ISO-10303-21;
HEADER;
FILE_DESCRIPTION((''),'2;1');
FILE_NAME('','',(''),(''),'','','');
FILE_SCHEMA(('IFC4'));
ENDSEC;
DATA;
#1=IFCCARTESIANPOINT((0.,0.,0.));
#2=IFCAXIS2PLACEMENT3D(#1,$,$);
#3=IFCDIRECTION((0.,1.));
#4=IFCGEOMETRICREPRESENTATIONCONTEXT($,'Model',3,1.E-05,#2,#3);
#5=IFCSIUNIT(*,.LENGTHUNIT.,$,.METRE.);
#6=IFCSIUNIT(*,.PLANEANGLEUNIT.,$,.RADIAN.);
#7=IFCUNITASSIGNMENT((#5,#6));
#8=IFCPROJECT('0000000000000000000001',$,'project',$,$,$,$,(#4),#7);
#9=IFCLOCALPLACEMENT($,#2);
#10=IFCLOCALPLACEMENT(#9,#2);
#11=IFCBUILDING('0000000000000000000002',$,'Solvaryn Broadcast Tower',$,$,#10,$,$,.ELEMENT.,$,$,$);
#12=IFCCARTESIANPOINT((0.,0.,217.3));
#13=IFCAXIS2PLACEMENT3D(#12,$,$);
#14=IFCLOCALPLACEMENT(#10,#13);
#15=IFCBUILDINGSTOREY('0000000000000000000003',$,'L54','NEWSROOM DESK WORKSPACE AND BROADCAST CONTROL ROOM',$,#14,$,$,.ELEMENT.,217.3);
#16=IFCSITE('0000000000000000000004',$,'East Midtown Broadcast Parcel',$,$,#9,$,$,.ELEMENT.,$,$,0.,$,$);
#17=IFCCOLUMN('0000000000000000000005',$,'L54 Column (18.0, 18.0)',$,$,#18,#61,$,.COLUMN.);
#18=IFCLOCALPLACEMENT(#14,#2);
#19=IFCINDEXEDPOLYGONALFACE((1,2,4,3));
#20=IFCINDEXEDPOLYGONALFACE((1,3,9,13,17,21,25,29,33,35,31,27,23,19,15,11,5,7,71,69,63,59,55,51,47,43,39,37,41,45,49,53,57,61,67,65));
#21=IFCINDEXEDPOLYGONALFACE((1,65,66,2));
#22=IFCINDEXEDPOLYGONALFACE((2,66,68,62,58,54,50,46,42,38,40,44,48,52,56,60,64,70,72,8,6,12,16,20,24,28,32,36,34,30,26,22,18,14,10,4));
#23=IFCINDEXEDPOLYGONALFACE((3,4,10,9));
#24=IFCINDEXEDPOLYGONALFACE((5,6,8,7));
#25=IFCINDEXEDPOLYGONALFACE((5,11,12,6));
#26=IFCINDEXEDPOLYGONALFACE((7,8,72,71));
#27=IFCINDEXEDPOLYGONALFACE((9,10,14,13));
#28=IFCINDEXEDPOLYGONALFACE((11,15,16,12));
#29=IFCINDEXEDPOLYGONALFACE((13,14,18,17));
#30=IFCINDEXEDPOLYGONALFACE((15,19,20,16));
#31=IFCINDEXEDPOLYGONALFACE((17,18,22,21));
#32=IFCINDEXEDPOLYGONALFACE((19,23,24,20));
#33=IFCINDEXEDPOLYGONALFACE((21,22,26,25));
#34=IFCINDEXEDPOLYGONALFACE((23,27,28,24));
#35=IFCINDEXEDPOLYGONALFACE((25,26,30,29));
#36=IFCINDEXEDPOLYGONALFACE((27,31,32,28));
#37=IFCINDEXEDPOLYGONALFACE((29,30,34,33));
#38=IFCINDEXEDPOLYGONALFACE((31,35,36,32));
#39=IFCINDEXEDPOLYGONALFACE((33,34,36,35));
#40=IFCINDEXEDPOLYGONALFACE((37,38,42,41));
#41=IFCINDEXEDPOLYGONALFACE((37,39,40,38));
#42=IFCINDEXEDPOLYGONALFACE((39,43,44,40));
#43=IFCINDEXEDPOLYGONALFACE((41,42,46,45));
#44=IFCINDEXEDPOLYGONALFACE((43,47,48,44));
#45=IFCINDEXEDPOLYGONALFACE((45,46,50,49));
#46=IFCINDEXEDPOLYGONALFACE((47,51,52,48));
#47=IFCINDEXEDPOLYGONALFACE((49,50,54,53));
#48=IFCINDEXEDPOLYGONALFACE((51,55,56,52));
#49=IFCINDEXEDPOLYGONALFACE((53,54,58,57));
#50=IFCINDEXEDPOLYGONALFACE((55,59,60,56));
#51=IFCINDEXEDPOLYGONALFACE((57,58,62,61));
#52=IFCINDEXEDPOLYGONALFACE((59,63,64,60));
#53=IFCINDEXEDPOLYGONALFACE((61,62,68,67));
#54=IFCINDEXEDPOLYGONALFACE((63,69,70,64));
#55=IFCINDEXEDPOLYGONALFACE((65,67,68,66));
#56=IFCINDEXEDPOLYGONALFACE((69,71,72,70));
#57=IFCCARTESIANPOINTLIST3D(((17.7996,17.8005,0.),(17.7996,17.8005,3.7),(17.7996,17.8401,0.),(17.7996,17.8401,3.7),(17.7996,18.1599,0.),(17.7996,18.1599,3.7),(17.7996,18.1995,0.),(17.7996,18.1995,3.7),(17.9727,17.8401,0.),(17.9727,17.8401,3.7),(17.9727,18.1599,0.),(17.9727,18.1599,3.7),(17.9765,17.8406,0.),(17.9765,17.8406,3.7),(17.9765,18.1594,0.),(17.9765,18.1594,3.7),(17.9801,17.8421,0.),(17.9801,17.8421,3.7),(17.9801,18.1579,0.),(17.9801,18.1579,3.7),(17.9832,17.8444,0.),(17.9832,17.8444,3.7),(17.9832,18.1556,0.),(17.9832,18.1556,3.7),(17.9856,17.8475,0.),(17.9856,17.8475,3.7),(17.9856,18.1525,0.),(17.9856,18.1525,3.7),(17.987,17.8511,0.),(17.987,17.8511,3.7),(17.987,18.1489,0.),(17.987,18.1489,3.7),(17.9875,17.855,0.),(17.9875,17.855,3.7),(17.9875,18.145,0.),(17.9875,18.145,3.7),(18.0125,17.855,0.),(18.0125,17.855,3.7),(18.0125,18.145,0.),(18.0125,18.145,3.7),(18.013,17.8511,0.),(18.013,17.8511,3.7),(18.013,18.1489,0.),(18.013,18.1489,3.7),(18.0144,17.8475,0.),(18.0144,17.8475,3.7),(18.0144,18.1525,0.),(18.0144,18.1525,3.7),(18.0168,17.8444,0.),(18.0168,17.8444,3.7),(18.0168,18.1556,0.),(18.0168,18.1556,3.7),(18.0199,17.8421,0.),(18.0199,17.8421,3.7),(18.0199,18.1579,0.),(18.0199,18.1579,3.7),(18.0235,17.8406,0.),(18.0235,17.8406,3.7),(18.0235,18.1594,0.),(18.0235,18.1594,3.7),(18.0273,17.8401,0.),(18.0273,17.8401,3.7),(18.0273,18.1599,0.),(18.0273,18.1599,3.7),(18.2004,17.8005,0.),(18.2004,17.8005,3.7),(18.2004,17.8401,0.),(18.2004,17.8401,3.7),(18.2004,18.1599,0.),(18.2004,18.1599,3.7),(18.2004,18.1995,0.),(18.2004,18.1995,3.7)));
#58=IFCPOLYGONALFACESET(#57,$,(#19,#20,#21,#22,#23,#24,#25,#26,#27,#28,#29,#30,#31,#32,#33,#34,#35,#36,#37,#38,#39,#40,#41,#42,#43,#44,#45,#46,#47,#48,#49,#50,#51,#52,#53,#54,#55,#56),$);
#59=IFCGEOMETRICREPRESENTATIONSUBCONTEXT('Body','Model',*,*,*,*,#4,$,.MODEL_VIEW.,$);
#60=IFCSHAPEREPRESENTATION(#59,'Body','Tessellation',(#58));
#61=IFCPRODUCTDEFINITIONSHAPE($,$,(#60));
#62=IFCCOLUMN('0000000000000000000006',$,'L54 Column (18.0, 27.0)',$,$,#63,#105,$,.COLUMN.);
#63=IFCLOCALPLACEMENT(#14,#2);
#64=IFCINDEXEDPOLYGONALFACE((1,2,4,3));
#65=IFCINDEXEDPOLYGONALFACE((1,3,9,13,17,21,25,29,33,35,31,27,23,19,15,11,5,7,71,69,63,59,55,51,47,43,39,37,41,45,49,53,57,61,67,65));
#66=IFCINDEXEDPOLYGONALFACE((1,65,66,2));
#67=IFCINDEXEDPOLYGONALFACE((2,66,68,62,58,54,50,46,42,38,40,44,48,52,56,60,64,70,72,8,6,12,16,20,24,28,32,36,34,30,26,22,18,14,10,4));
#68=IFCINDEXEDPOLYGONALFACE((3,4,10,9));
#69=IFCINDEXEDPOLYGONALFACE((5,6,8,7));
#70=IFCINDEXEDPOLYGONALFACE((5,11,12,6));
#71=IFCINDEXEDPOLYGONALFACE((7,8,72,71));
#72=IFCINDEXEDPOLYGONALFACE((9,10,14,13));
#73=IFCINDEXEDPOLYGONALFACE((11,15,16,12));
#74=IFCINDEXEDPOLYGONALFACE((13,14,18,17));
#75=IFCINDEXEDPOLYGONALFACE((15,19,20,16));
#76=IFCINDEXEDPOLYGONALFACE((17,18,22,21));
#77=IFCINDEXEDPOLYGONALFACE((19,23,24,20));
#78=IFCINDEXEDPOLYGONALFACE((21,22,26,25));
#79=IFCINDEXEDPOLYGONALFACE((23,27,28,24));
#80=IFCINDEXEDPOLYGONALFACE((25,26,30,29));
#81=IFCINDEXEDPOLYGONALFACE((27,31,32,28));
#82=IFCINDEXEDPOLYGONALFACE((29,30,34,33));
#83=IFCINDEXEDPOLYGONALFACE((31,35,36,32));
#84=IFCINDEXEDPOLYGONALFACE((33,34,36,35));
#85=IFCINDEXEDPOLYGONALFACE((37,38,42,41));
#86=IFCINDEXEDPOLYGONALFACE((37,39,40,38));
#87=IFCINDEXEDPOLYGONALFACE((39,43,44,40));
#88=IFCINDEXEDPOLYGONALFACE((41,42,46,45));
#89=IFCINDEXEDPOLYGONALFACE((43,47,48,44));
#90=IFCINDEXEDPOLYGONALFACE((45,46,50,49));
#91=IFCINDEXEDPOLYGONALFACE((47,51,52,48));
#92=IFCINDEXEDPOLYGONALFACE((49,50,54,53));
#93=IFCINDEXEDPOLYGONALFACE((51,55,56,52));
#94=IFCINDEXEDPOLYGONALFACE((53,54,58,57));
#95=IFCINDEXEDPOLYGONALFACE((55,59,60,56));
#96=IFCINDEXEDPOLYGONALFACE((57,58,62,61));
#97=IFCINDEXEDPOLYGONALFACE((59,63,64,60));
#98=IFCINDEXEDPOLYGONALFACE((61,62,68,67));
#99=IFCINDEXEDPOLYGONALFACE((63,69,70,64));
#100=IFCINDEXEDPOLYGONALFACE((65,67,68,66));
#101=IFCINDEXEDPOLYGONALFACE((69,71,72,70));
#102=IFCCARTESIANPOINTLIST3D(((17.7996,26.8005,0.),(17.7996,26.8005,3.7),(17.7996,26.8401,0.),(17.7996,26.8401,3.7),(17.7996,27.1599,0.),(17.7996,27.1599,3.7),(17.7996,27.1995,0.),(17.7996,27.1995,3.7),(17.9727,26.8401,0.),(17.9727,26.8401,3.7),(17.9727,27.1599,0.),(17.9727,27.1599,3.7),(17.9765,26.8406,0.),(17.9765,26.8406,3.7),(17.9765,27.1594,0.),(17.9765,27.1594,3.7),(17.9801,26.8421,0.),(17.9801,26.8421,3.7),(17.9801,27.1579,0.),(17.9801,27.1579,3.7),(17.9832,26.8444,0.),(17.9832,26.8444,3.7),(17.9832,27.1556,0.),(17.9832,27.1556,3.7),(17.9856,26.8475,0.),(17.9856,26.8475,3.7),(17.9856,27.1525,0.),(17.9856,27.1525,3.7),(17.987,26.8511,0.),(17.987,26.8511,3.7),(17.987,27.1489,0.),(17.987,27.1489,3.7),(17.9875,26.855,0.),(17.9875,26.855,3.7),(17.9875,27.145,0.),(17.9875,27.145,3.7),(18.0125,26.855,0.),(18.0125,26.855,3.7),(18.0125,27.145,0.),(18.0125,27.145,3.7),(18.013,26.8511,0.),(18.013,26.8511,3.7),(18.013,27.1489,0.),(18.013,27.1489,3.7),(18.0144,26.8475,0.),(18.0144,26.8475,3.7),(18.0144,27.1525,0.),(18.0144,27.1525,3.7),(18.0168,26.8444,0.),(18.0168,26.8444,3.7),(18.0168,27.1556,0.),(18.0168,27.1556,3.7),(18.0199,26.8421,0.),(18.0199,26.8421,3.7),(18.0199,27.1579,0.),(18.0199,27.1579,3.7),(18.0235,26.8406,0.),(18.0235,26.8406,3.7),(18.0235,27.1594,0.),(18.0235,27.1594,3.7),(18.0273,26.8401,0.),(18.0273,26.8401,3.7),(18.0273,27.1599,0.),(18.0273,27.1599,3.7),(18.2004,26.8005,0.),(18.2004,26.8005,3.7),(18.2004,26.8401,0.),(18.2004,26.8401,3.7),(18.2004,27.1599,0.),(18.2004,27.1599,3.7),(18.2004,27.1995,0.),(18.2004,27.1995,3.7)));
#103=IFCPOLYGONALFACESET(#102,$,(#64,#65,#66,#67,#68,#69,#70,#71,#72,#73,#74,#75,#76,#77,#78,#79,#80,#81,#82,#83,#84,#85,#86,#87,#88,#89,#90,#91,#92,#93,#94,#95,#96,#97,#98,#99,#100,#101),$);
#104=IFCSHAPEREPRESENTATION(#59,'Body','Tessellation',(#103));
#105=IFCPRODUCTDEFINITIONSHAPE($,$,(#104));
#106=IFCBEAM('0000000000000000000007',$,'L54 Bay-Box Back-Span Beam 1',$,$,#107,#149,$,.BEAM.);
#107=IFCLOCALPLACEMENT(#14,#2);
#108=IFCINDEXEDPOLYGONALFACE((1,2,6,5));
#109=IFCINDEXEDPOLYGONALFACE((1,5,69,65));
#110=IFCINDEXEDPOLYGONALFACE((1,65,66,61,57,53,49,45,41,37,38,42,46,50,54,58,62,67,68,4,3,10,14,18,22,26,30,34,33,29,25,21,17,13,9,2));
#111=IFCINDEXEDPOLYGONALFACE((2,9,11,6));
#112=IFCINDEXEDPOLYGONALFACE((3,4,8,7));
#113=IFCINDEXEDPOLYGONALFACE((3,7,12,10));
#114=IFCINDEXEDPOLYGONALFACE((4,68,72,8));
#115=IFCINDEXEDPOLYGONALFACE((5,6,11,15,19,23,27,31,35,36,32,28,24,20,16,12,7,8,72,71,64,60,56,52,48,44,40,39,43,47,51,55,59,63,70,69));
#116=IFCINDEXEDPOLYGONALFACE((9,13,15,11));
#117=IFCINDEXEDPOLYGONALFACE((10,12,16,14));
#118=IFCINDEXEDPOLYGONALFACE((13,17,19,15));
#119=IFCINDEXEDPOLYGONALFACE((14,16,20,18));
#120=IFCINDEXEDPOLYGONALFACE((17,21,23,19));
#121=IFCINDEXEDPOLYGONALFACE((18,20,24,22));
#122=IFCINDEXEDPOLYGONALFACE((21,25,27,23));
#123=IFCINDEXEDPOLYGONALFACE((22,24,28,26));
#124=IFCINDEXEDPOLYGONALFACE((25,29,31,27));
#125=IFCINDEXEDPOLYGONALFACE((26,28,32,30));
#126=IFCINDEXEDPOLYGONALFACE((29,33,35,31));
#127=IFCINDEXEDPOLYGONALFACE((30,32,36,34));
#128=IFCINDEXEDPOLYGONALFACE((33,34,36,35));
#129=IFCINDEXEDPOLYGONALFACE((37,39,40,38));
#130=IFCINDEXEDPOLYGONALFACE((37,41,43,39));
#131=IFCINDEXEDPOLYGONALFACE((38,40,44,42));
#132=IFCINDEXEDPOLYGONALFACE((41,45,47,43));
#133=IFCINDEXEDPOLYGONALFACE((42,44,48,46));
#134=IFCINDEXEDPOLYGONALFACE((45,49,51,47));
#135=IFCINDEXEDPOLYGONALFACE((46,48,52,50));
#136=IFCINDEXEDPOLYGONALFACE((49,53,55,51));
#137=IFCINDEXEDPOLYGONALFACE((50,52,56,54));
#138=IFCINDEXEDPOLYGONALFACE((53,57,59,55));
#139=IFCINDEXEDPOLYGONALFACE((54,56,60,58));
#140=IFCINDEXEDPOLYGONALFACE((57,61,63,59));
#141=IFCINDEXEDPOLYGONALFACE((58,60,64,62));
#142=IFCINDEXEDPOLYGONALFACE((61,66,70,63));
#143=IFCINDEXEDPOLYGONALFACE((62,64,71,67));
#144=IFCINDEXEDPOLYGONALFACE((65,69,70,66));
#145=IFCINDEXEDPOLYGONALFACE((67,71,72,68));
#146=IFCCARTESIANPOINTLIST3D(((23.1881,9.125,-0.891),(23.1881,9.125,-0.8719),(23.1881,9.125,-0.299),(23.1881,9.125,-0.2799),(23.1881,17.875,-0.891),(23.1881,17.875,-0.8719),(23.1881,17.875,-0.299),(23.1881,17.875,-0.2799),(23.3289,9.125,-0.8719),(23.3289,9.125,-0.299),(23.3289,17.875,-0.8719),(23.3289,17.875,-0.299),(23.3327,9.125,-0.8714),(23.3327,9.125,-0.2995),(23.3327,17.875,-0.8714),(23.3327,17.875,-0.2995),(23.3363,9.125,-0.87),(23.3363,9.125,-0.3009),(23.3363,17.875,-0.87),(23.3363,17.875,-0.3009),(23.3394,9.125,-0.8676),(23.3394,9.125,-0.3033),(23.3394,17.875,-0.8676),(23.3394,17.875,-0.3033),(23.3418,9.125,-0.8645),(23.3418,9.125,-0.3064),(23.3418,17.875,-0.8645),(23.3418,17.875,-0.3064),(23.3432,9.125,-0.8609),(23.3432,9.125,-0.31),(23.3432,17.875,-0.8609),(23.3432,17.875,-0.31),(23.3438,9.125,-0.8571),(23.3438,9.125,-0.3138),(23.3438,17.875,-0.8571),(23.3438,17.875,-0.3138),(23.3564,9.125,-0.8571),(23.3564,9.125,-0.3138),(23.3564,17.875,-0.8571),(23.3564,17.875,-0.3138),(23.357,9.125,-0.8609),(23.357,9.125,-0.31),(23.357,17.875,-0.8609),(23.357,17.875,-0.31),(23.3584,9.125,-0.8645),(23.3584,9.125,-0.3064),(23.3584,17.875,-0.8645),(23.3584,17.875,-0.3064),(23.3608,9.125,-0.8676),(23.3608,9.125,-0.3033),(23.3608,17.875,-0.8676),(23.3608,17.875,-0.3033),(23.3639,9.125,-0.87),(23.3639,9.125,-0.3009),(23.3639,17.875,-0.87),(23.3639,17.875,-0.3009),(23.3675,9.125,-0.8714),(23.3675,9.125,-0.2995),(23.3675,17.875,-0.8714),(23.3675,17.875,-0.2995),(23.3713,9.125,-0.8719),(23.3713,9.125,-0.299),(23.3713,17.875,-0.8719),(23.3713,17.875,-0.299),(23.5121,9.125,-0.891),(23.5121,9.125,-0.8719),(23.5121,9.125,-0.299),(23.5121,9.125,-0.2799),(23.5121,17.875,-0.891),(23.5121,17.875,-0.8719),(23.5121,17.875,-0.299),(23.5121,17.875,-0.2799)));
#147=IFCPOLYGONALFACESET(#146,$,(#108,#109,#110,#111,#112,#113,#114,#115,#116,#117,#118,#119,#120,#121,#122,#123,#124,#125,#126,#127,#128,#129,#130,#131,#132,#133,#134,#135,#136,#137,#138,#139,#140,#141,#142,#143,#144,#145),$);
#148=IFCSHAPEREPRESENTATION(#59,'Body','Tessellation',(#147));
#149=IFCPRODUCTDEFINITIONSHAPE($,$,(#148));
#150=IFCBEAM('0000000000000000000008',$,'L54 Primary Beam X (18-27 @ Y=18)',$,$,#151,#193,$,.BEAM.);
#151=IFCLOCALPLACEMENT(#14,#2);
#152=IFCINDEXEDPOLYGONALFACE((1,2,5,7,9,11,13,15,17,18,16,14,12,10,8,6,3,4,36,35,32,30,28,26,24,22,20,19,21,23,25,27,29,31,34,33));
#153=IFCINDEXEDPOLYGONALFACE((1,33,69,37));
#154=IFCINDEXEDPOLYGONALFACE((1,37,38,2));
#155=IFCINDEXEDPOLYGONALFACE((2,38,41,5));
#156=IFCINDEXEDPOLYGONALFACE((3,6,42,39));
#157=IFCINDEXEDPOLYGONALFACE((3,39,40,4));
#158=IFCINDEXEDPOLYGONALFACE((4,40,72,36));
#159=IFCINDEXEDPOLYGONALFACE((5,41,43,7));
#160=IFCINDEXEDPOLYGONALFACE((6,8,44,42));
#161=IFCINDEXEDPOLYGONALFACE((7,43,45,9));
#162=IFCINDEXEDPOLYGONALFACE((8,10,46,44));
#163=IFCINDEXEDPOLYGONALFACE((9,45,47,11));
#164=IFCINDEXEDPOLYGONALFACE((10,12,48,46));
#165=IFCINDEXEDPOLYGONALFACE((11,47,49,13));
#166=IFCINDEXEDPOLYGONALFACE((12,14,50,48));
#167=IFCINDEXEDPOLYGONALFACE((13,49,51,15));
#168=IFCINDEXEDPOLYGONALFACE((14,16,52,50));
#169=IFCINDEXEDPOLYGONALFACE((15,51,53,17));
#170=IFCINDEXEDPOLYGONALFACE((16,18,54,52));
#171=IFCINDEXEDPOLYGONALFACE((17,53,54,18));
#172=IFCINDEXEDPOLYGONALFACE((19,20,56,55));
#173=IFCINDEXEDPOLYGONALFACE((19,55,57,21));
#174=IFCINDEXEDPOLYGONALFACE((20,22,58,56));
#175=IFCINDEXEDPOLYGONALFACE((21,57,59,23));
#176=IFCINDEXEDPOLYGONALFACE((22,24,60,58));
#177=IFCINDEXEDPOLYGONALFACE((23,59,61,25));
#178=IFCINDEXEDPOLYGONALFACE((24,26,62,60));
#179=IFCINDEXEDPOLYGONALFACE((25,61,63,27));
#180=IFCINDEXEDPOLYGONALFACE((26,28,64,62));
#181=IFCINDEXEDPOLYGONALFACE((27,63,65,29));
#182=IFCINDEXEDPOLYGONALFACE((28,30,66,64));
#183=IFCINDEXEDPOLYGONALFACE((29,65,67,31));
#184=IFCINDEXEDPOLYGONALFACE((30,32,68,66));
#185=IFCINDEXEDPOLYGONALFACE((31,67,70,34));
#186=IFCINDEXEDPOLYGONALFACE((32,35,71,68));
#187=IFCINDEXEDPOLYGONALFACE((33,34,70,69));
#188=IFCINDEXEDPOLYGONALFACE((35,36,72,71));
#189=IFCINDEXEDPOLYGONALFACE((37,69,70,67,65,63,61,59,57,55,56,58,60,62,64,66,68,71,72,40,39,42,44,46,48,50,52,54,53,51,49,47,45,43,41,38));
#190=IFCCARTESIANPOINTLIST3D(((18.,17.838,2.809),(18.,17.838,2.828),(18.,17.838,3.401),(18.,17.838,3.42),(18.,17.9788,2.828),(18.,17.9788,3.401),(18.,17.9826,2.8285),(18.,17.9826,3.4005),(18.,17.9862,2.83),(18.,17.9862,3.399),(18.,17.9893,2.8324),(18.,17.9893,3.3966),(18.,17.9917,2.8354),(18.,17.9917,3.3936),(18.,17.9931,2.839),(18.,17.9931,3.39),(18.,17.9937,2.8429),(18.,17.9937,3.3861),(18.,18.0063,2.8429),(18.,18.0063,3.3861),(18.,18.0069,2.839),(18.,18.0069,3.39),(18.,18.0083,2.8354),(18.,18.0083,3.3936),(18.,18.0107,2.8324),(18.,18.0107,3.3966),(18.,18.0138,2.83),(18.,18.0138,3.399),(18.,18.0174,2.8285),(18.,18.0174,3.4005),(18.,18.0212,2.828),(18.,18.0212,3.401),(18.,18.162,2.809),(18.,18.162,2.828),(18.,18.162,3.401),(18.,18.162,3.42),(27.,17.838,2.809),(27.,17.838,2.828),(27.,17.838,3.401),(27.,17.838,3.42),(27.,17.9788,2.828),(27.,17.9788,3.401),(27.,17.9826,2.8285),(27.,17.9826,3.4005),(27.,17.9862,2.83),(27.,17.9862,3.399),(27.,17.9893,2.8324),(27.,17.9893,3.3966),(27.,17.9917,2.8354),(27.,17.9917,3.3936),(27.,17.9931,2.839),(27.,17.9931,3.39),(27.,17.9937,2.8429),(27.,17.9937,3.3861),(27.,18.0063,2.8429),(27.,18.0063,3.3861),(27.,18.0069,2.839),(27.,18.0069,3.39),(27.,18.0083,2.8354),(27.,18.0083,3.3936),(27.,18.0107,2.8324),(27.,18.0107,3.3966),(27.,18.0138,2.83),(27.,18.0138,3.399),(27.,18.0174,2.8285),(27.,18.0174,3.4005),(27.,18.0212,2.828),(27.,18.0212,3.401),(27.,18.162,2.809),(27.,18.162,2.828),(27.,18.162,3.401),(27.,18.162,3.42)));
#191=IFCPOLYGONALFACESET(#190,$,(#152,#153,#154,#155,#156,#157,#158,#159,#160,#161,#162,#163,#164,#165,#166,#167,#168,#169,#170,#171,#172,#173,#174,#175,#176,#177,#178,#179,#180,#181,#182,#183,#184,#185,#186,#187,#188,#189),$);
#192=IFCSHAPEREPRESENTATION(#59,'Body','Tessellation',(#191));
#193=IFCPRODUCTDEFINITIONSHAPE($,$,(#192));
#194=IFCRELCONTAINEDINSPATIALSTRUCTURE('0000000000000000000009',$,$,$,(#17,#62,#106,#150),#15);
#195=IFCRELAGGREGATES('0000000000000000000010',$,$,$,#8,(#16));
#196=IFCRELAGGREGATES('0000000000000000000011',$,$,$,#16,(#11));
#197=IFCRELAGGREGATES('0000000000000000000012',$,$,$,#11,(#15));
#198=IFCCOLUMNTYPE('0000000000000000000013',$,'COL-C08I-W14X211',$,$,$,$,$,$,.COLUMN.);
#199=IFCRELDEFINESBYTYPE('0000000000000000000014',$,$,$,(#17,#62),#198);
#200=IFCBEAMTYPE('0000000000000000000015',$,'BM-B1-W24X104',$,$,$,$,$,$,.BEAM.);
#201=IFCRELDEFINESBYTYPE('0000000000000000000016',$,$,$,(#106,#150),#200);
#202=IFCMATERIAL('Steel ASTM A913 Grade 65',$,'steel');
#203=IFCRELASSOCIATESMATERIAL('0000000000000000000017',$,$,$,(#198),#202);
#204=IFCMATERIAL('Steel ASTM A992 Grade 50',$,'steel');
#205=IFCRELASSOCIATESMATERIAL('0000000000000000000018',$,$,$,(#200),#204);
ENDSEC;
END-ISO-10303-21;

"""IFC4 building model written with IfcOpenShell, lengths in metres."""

from ifc_helpers import new_model, si_unit, direction, frame, origin, origin_2d, place, context, subcontext, project, spatial, i_section, extrude, material, material_profile, profile_set, type_object, element, save


model = new_model("IFC4")

# Units and contexts
model_context = context("Model", 3, precision=1e-05, world=origin(), true_north=direction((0.0, 1.0)))
body_context = subcontext(model_context, "Body", "Model", "MODEL_VIEW")
ifc_project = project(units=[si_unit("LENGTHUNIT", "METRE"), si_unit("PLANEANGLEUNIT", "RADIAN")], contexts=[model_context])

# Site, building, storey
site_placement = place(None, origin())
site = spatial("IfcSite", under=ifc_project, at=site_placement, Name="East Midtown Broadcast Parcel", CompositionType="ELEMENT", RefElevation=0.0)
building_placement = place(site_placement, origin())
building = spatial("IfcBuilding", under=site, at=building_placement, Name="Solvaryn Broadcast Tower", CompositionType="ELEMENT")
storey_placement = place(building_placement, frame((0.0, 0.0, 217.3)))
storey = spatial("IfcBuildingStorey", under=building, at=storey_placement, Name="L54", Description="NEWSROOM DESK WORKSPACE AND BROADCAST CONTROL ROOM", CompositionType="ELEMENT", Elevation=217.3)

# Columns
ifc_material_1 = material(Name="Steel ASTM A913 Grade 65", Category="steel")
ifc_material_profile_1 = material_profile(ifc_material_1, i_section(OverallWidth=0.4009, OverallDepth=0.3989, WebThickness=0.0249, FlangeThickness=0.0396, FilletRadius=0.0149, at=origin_2d()))
ifc_profile_set_1 = profile_set([ifc_material_profile_1], Name="Steel ASTM A913 Grade 65")
column_type = type_object("IfcColumnType", Name="COL-C08I-W14X211", PredefinedType="COLUMN", material=ifc_profile_set_1)
for number, where, z_axis, x_axis, name in (
    (1, (18.0, 18.0, 0.0), (0.0, 0.0, 1.0), (1.0, 0.0, 0.0), "L54 Column (18.0, 18.0)"),
    (2, (18.0, 27.0, 0.0), (0.0, 0.0, 1.0), (1.0, 0.0, 0.0), "L54 Column (18.0, 27.0)"),
):
    element("IfcColumn", number, at=place(storey_placement, frame(where, z_axis=z_axis, x_axis=x_axis)), inside=storey, type_object=column_type, Name=name, PredefinedType="COLUMN", context=body_context, shape_type="SweptSolid", body=[
        extrude(i_section(OverallWidth=0.4009, OverallDepth=0.3989, WebThickness=0.0249, FlangeThickness=0.0396, FilletRadius=0.0149, at=origin_2d()), origin(), (0.0, 0.0, 1.0), 3.7),
    ])

# Beams
ifc_material_2 = material(Name="Steel ASTM A992 Grade 50", Category="steel")
ifc_material_profile_2 = material_profile(ifc_material_2, i_section(OverallWidth=0.324, OverallDepth=0.6111, WebThickness=0.0127, FlangeThickness=0.019, FilletRadius=0.0149, at=origin_2d()))
ifc_profile_set_2 = profile_set([ifc_material_profile_2], Name="Steel ASTM A992 Grade 50")
beam_type_1 = type_object("IfcBeamType", Name="BM-B1-W24X104", PredefinedType="BEAM", material=ifc_profile_set_2)
beam_1_placement = place(storey_placement, frame((23.3501, 17.875, -0.5854), z_axis=(0.0, -1.0, 0.0), x_axis=(1.0, 0.0, 0.0)))
element("IfcBeam", 3, at=beam_1_placement, inside=storey, type_object=beam_type_1, Name="L54 Bay-Box Back-Span Beam 1", PredefinedType="BEAM", context=body_context, shape_type="SweptSolid", body=[
    extrude(i_section(OverallWidth=0.324, OverallDepth=0.6111, WebThickness=0.0127, FlangeThickness=0.019, FilletRadius=0.0149, at=origin_2d()), origin(), (0.0, 0.0, 1.0), 8.75),
])
for number, where, z_axis, x_axis, name in (
    (4, (18.0, 18.0, 3.1145), (1.0, 0.0, 0.0), (0.0, 1.0, 0.0), "L54 Primary Beam X (18-27 @ Y=18)"),
):
    element("IfcBeam", number, at=place(storey_placement, frame(where, z_axis=z_axis, x_axis=x_axis)), inside=storey, type_object=beam_type_1, Name=name, PredefinedType="BEAM", context=body_context, shape_type="SweptSolid", body=[
        extrude(i_section(OverallWidth=0.324, OverallDepth=0.6111, WebThickness=0.0127, FlangeThickness=0.019, FilletRadius=0.0149, at=origin_2d()), origin(), (0.0, 0.0, 1.0), 9.0),
    ])

save(model, "model.ifc")
